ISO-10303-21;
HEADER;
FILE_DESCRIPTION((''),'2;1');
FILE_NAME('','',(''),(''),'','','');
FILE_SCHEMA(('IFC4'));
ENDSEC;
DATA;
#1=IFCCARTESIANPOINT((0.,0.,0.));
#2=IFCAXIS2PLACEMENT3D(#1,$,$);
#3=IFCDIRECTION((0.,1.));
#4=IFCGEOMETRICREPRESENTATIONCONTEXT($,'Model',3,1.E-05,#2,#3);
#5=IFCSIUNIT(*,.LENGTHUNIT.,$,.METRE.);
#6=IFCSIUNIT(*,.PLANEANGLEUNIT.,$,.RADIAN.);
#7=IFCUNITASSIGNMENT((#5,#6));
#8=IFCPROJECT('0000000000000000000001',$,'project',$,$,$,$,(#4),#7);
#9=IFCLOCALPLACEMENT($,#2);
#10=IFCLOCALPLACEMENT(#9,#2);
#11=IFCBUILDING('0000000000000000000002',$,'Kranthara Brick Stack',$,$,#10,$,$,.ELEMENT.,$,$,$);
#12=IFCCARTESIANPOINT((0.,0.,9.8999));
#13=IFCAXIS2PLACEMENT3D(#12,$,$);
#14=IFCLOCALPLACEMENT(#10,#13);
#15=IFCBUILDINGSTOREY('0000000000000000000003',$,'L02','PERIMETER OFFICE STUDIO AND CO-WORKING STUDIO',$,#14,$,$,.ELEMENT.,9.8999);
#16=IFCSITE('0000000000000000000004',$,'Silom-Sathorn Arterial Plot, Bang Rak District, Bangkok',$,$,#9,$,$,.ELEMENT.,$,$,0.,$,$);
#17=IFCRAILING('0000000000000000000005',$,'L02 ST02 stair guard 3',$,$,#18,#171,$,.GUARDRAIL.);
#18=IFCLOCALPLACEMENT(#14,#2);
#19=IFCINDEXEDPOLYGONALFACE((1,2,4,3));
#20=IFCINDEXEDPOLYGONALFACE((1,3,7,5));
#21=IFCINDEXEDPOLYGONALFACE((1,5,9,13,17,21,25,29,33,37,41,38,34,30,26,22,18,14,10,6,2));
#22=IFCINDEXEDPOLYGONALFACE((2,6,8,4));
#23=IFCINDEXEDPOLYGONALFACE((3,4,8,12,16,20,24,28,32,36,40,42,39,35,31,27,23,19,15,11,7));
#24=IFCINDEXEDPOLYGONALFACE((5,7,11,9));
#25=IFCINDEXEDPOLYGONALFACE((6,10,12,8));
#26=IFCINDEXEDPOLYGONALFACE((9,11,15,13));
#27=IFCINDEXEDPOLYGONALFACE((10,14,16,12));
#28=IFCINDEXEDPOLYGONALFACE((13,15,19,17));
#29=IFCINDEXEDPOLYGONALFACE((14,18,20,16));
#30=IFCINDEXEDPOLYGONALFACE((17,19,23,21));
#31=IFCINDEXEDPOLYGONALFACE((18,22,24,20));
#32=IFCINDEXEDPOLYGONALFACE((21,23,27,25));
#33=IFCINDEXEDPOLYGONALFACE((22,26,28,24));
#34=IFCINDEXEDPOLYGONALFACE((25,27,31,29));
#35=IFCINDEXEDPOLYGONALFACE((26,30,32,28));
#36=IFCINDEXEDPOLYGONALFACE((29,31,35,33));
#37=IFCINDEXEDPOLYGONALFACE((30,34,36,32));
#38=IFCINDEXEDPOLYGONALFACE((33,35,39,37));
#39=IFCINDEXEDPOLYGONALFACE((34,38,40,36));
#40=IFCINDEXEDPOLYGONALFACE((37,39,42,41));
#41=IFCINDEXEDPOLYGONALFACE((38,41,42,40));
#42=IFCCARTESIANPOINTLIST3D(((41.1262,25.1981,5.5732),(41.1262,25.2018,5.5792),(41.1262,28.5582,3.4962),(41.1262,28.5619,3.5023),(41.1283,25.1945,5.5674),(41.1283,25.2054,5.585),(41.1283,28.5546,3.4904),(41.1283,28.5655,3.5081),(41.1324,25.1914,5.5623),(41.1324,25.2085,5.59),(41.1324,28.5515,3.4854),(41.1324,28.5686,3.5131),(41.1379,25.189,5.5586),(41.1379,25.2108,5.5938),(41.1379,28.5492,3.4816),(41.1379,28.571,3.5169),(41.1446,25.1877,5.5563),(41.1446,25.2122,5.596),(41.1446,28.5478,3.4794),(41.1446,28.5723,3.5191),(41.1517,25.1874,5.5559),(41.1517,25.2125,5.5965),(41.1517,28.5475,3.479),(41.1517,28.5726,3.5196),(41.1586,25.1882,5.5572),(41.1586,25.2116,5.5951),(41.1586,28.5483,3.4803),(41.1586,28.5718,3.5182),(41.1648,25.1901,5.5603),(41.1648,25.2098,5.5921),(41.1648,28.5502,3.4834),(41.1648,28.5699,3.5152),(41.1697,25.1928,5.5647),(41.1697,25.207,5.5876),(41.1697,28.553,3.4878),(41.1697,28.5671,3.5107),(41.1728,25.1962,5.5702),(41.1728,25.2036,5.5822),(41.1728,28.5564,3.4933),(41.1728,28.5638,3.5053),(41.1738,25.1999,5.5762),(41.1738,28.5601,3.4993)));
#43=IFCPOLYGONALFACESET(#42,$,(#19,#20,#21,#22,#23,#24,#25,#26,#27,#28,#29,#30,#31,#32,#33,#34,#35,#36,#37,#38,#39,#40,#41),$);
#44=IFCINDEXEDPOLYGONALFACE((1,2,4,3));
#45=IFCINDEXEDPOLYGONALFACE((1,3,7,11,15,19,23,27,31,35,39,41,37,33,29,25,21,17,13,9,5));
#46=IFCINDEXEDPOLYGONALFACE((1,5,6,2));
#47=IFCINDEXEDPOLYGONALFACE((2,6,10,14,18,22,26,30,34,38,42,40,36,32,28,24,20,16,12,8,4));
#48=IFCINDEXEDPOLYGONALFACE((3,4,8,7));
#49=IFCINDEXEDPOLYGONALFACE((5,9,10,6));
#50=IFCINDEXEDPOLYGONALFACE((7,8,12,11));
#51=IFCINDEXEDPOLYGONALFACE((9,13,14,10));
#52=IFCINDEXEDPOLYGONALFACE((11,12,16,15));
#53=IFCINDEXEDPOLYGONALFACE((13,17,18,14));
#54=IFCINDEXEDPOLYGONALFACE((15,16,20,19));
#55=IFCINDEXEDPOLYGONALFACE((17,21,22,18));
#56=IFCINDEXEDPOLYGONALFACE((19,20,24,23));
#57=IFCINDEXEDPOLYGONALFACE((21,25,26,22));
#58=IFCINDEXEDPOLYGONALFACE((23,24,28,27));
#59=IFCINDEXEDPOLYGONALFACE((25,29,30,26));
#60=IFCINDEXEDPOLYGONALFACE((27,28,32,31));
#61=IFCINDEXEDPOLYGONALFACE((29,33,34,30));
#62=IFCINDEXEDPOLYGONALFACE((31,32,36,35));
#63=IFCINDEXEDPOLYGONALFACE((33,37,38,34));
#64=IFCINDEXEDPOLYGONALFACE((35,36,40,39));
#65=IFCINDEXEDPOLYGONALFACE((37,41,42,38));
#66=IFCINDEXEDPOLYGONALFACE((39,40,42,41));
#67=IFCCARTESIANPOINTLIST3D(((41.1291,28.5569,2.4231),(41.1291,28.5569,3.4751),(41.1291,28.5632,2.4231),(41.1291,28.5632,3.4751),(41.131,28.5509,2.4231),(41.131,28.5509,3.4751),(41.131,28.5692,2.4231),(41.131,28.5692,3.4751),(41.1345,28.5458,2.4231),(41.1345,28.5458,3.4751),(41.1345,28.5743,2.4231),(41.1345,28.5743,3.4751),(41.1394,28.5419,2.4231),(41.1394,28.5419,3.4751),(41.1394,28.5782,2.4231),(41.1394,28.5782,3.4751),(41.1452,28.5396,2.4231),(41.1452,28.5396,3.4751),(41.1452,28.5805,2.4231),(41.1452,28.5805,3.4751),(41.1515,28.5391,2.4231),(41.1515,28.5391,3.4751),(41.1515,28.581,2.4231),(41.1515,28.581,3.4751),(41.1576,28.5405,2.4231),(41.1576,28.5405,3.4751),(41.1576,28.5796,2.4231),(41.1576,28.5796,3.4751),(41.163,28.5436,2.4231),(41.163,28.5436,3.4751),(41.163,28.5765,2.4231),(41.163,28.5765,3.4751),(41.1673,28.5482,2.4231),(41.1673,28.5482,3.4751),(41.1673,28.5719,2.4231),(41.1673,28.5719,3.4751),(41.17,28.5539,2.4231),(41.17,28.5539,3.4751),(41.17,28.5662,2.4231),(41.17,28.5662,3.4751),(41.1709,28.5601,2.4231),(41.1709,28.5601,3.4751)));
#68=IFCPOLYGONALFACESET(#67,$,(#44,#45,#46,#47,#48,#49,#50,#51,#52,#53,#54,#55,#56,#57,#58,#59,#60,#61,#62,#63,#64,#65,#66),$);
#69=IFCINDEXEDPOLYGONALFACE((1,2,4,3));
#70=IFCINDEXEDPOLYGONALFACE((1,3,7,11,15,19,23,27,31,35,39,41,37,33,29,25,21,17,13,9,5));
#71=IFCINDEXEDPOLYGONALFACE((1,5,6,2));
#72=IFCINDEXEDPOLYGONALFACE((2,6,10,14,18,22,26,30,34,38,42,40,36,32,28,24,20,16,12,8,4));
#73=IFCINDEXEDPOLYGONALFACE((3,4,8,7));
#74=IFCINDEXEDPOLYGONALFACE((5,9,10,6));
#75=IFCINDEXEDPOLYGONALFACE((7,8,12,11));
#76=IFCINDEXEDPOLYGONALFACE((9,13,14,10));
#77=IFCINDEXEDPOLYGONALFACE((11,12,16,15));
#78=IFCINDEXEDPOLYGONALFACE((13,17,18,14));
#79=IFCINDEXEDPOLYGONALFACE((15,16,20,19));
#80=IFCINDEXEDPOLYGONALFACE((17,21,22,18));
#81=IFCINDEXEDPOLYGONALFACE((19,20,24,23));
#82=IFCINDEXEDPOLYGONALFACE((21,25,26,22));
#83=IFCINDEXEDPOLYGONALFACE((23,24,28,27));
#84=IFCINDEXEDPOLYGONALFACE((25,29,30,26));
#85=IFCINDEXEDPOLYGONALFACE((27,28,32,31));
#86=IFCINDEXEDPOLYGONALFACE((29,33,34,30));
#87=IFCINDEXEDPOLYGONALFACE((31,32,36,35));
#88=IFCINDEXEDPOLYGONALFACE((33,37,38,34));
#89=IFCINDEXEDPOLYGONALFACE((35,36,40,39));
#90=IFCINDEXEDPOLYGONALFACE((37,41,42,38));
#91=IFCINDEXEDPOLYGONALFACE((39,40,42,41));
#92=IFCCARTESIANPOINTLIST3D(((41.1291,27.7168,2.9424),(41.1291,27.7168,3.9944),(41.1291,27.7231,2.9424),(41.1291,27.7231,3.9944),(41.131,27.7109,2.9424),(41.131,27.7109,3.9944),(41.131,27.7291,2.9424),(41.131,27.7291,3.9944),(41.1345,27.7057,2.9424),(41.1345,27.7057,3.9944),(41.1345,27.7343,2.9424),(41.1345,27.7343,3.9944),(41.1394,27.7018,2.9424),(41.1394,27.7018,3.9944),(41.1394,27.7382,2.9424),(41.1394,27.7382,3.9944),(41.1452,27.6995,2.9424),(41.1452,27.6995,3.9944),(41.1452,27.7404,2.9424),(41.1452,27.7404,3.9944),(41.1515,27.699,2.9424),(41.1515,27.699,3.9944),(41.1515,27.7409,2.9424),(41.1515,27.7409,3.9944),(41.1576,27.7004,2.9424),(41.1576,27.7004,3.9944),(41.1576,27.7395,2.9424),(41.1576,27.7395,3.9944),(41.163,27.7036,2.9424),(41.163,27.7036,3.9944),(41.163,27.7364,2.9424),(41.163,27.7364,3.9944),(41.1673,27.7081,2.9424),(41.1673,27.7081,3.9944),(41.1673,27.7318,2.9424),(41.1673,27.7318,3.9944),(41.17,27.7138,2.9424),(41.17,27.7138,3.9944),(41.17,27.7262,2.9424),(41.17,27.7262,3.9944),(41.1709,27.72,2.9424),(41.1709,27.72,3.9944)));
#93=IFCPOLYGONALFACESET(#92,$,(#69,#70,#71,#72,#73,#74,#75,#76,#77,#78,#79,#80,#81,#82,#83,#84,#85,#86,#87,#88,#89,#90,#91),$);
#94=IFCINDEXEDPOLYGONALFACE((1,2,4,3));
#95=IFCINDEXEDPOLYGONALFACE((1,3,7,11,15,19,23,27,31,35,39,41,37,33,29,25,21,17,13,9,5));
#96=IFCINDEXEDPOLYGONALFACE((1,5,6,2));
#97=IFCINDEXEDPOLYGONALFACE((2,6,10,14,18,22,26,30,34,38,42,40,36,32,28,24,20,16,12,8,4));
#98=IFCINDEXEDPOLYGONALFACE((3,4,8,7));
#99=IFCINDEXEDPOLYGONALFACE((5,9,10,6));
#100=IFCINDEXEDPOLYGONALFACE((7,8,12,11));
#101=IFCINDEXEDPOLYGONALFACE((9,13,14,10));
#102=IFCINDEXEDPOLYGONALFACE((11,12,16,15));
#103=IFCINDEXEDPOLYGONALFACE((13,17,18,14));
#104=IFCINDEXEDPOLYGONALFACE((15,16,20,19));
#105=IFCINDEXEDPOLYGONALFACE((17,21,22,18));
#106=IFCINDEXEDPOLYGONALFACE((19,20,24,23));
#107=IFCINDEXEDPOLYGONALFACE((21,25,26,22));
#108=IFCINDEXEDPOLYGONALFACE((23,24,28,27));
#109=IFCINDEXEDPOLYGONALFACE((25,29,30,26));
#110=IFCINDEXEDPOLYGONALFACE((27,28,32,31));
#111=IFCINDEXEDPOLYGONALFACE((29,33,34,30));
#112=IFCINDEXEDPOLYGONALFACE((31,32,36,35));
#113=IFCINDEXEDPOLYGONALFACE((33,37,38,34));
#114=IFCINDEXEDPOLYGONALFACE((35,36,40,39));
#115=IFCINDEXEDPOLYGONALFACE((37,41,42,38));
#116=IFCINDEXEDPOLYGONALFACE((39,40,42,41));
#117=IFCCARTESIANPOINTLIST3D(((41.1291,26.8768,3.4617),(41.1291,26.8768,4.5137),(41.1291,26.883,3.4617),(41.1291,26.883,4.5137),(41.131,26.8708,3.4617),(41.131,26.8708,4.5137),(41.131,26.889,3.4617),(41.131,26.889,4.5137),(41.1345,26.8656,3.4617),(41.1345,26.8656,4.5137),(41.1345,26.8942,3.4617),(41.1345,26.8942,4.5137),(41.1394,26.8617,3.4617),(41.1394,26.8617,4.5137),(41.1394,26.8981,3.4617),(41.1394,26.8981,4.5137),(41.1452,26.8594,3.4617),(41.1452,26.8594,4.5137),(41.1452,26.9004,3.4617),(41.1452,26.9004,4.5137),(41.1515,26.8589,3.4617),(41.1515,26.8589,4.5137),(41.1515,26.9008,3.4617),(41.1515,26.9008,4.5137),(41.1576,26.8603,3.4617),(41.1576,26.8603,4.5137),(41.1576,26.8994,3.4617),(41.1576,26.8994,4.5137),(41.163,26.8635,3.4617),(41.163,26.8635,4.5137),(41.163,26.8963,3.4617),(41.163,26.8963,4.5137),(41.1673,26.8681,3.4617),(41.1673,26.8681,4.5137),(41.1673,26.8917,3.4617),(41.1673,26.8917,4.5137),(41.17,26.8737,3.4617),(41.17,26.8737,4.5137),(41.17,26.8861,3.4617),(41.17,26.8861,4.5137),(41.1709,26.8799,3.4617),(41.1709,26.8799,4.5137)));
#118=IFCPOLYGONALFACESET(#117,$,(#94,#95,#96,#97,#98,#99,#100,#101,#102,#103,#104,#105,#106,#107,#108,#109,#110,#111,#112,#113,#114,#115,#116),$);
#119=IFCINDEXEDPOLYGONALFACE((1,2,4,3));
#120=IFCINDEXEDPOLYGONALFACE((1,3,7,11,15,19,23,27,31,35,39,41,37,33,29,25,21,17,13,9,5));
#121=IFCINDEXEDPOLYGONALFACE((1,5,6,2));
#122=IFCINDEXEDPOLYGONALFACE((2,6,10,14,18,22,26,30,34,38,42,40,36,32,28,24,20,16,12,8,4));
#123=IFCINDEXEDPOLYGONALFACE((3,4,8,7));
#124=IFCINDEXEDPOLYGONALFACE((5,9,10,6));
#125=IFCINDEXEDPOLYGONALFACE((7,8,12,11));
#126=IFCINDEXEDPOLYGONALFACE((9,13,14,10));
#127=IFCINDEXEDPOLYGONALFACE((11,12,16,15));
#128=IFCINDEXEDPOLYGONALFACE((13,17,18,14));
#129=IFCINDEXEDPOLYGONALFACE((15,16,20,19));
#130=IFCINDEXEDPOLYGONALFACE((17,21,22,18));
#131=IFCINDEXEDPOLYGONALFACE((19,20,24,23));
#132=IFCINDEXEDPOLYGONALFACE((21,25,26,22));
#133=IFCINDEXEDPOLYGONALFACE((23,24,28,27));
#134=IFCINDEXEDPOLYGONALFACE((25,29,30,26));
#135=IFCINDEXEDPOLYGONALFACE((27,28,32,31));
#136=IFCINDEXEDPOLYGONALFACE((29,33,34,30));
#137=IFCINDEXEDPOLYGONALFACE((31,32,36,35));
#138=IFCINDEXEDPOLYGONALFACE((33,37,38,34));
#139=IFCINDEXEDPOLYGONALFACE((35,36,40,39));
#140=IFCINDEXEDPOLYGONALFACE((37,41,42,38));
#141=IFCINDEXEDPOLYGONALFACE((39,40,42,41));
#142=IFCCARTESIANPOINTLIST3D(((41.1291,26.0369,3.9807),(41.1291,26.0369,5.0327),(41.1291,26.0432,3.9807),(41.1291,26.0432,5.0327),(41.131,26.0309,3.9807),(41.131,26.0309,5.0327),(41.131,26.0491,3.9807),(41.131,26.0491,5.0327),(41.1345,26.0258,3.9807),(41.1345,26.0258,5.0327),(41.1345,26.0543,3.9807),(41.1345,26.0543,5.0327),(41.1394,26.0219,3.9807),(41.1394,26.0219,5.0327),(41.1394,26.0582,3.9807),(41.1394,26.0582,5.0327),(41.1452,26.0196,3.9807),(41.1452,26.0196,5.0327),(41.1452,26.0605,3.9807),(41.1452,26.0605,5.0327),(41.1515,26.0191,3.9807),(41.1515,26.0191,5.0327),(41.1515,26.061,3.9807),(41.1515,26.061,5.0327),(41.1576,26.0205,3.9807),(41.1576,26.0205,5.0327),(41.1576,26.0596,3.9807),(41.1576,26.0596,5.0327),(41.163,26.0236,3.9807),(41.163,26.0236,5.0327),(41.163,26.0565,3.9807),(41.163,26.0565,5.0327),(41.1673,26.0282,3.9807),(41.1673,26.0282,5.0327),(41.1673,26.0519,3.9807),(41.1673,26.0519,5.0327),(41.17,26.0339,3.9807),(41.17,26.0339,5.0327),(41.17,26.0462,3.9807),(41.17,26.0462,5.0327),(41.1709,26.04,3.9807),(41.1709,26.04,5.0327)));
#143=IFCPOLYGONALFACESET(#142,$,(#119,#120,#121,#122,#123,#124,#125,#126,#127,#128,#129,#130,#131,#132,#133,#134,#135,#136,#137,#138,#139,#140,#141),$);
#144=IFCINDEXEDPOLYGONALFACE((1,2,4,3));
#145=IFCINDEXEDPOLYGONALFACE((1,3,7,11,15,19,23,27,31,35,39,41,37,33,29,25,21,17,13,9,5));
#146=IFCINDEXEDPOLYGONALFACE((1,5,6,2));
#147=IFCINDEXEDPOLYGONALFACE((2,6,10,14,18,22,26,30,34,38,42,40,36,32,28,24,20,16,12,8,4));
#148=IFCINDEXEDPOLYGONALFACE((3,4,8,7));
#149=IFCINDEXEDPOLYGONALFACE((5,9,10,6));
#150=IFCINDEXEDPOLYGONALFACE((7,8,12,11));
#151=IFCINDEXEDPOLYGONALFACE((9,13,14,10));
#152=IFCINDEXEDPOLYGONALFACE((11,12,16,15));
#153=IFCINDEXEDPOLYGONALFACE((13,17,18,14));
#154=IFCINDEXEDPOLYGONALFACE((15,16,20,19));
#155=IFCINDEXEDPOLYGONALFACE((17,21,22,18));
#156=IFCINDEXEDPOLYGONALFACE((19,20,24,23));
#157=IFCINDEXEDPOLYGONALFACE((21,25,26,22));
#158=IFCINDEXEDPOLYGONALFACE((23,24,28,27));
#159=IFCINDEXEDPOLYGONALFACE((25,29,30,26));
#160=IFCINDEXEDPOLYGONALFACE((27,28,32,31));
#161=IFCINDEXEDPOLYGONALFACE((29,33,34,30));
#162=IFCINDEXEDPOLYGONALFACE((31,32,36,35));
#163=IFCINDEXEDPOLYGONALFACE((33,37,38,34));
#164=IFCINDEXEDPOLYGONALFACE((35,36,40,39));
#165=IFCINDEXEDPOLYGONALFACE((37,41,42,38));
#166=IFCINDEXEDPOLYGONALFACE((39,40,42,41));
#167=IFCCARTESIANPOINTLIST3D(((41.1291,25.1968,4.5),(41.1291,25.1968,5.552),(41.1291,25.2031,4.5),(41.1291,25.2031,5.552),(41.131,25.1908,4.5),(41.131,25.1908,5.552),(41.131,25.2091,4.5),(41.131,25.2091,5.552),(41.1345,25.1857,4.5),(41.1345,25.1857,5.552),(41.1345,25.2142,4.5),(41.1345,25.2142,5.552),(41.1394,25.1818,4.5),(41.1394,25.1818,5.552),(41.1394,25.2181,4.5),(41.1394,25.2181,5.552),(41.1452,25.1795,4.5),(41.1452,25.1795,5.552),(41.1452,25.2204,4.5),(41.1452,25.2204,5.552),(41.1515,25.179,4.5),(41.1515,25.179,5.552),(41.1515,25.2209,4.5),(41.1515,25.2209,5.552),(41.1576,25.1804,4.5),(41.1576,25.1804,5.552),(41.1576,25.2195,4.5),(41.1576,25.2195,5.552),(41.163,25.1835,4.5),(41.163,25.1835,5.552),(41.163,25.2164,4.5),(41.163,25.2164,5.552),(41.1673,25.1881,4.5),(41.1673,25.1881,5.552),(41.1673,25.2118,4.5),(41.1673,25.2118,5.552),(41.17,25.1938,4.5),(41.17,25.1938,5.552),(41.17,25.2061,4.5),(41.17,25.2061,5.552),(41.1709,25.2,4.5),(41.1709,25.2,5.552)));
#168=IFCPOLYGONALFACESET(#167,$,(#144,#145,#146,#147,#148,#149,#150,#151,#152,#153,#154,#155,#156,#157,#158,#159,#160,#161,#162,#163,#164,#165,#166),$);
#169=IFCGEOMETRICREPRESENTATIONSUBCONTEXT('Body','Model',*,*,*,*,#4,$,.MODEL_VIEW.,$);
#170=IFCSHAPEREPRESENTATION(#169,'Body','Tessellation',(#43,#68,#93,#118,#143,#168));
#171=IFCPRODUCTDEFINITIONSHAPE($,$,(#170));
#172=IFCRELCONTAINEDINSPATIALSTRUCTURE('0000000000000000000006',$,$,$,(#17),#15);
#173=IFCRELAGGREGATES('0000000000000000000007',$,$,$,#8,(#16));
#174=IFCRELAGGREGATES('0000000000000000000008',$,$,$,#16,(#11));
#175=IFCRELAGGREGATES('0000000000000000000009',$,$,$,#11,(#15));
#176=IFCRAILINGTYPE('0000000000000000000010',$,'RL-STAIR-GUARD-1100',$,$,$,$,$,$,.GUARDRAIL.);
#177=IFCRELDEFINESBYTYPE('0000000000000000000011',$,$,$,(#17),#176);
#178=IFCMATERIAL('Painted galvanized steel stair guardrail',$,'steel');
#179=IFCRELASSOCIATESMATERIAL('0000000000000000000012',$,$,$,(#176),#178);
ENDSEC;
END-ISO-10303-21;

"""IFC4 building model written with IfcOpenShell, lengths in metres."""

from ifc_helpers import new_model, si_unit, direction, frame, origin, origin_2d, place, context, subcontext, project, spatial, circle, extrude, material, type_object, element, save


model = new_model("IFC4")

# Units and contexts
model_context = context("Model", 3, precision=1e-05, world=origin(), true_north=direction((0.0, 1.0)))
body_context = subcontext(model_context, "Body", "Model", "MODEL_VIEW")
ifc_project = project(units=[si_unit("LENGTHUNIT", "METRE"), si_unit("PLANEANGLEUNIT", "RADIAN")], contexts=[model_context])

# Site, building, storey
site_placement = place(None, origin())
site = spatial("IfcSite", under=ifc_project, at=site_placement, Name="Silom-Sathorn Arterial Plot, Bang Rak District, Bangkok", CompositionType="ELEMENT", RefElevation=0.0)
building_placement = place(site_placement, origin())
building = spatial("IfcBuilding", under=site, at=building_placement, Name="Kranthara Brick Stack", CompositionType="ELEMENT")
storey_placement = place(building_placement, frame((0.0, 0.0, 9.8999)))
storey = spatial("IfcBuildingStorey", under=building, at=storey_placement, Name="L02", Description="PERIMETER OFFICE STUDIO AND CO-WORKING STUDIO", CompositionType="ELEMENT", Elevation=9.8999)

# Railing
ifc_material_1 = material(Name="Painted galvanized steel stair guardrail", Category="steel")
railing_type = type_object("IfcRailingType", Name="RL-STAIR-GUARD-1100", PredefinedType="GUARDRAIL", material=ifc_material_1)
railing_1_placement = place(storey_placement, frame((41.1499, 28.5601, 2.4231)))
element("IfcRailing", 1, at=railing_1_placement, inside=storey, type_object=railing_type, Name="L02 ST02 stair guard 3", PredefinedType="GUARDRAIL", context=body_context, shape_type="SweptSolid", body=[
    extrude(circle(Radius=0.0239, at=origin_2d()), frame((0.0, 0.0, 1.0762), z_axis=(0.0, -0.850623, 0.525776), x_axis=(1.0, 0.0, 0.0)), (0.0, 0.0, 1.0), 3.9502),
    extrude(circle(Radius=0.021, at=origin_2d()), origin(), (0.0, 0.0, 1.0), 1.052),
    extrude(circle(Radius=0.021, at=origin_2d()), frame((0.0, -0.8401, 0.5193)), (0.0, 0.0, 1.0), 1.052),
    extrude(circle(Radius=0.021, at=origin_2d()), frame((0.0, -1.6802, 1.0386)), (0.0, 0.0, 1.0), 1.052),
    extrude(circle(Radius=0.021, at=origin_2d()), frame((0.0, -2.52, 1.5576)), (0.0, 0.0, 1.0), 1.052),
    extrude(circle(Radius=0.021, at=origin_2d()), frame((0.0, -3.3601, 2.0769)), (0.0, 0.0, 1.0), 1.052),
])

save(model, "model.ifc")
